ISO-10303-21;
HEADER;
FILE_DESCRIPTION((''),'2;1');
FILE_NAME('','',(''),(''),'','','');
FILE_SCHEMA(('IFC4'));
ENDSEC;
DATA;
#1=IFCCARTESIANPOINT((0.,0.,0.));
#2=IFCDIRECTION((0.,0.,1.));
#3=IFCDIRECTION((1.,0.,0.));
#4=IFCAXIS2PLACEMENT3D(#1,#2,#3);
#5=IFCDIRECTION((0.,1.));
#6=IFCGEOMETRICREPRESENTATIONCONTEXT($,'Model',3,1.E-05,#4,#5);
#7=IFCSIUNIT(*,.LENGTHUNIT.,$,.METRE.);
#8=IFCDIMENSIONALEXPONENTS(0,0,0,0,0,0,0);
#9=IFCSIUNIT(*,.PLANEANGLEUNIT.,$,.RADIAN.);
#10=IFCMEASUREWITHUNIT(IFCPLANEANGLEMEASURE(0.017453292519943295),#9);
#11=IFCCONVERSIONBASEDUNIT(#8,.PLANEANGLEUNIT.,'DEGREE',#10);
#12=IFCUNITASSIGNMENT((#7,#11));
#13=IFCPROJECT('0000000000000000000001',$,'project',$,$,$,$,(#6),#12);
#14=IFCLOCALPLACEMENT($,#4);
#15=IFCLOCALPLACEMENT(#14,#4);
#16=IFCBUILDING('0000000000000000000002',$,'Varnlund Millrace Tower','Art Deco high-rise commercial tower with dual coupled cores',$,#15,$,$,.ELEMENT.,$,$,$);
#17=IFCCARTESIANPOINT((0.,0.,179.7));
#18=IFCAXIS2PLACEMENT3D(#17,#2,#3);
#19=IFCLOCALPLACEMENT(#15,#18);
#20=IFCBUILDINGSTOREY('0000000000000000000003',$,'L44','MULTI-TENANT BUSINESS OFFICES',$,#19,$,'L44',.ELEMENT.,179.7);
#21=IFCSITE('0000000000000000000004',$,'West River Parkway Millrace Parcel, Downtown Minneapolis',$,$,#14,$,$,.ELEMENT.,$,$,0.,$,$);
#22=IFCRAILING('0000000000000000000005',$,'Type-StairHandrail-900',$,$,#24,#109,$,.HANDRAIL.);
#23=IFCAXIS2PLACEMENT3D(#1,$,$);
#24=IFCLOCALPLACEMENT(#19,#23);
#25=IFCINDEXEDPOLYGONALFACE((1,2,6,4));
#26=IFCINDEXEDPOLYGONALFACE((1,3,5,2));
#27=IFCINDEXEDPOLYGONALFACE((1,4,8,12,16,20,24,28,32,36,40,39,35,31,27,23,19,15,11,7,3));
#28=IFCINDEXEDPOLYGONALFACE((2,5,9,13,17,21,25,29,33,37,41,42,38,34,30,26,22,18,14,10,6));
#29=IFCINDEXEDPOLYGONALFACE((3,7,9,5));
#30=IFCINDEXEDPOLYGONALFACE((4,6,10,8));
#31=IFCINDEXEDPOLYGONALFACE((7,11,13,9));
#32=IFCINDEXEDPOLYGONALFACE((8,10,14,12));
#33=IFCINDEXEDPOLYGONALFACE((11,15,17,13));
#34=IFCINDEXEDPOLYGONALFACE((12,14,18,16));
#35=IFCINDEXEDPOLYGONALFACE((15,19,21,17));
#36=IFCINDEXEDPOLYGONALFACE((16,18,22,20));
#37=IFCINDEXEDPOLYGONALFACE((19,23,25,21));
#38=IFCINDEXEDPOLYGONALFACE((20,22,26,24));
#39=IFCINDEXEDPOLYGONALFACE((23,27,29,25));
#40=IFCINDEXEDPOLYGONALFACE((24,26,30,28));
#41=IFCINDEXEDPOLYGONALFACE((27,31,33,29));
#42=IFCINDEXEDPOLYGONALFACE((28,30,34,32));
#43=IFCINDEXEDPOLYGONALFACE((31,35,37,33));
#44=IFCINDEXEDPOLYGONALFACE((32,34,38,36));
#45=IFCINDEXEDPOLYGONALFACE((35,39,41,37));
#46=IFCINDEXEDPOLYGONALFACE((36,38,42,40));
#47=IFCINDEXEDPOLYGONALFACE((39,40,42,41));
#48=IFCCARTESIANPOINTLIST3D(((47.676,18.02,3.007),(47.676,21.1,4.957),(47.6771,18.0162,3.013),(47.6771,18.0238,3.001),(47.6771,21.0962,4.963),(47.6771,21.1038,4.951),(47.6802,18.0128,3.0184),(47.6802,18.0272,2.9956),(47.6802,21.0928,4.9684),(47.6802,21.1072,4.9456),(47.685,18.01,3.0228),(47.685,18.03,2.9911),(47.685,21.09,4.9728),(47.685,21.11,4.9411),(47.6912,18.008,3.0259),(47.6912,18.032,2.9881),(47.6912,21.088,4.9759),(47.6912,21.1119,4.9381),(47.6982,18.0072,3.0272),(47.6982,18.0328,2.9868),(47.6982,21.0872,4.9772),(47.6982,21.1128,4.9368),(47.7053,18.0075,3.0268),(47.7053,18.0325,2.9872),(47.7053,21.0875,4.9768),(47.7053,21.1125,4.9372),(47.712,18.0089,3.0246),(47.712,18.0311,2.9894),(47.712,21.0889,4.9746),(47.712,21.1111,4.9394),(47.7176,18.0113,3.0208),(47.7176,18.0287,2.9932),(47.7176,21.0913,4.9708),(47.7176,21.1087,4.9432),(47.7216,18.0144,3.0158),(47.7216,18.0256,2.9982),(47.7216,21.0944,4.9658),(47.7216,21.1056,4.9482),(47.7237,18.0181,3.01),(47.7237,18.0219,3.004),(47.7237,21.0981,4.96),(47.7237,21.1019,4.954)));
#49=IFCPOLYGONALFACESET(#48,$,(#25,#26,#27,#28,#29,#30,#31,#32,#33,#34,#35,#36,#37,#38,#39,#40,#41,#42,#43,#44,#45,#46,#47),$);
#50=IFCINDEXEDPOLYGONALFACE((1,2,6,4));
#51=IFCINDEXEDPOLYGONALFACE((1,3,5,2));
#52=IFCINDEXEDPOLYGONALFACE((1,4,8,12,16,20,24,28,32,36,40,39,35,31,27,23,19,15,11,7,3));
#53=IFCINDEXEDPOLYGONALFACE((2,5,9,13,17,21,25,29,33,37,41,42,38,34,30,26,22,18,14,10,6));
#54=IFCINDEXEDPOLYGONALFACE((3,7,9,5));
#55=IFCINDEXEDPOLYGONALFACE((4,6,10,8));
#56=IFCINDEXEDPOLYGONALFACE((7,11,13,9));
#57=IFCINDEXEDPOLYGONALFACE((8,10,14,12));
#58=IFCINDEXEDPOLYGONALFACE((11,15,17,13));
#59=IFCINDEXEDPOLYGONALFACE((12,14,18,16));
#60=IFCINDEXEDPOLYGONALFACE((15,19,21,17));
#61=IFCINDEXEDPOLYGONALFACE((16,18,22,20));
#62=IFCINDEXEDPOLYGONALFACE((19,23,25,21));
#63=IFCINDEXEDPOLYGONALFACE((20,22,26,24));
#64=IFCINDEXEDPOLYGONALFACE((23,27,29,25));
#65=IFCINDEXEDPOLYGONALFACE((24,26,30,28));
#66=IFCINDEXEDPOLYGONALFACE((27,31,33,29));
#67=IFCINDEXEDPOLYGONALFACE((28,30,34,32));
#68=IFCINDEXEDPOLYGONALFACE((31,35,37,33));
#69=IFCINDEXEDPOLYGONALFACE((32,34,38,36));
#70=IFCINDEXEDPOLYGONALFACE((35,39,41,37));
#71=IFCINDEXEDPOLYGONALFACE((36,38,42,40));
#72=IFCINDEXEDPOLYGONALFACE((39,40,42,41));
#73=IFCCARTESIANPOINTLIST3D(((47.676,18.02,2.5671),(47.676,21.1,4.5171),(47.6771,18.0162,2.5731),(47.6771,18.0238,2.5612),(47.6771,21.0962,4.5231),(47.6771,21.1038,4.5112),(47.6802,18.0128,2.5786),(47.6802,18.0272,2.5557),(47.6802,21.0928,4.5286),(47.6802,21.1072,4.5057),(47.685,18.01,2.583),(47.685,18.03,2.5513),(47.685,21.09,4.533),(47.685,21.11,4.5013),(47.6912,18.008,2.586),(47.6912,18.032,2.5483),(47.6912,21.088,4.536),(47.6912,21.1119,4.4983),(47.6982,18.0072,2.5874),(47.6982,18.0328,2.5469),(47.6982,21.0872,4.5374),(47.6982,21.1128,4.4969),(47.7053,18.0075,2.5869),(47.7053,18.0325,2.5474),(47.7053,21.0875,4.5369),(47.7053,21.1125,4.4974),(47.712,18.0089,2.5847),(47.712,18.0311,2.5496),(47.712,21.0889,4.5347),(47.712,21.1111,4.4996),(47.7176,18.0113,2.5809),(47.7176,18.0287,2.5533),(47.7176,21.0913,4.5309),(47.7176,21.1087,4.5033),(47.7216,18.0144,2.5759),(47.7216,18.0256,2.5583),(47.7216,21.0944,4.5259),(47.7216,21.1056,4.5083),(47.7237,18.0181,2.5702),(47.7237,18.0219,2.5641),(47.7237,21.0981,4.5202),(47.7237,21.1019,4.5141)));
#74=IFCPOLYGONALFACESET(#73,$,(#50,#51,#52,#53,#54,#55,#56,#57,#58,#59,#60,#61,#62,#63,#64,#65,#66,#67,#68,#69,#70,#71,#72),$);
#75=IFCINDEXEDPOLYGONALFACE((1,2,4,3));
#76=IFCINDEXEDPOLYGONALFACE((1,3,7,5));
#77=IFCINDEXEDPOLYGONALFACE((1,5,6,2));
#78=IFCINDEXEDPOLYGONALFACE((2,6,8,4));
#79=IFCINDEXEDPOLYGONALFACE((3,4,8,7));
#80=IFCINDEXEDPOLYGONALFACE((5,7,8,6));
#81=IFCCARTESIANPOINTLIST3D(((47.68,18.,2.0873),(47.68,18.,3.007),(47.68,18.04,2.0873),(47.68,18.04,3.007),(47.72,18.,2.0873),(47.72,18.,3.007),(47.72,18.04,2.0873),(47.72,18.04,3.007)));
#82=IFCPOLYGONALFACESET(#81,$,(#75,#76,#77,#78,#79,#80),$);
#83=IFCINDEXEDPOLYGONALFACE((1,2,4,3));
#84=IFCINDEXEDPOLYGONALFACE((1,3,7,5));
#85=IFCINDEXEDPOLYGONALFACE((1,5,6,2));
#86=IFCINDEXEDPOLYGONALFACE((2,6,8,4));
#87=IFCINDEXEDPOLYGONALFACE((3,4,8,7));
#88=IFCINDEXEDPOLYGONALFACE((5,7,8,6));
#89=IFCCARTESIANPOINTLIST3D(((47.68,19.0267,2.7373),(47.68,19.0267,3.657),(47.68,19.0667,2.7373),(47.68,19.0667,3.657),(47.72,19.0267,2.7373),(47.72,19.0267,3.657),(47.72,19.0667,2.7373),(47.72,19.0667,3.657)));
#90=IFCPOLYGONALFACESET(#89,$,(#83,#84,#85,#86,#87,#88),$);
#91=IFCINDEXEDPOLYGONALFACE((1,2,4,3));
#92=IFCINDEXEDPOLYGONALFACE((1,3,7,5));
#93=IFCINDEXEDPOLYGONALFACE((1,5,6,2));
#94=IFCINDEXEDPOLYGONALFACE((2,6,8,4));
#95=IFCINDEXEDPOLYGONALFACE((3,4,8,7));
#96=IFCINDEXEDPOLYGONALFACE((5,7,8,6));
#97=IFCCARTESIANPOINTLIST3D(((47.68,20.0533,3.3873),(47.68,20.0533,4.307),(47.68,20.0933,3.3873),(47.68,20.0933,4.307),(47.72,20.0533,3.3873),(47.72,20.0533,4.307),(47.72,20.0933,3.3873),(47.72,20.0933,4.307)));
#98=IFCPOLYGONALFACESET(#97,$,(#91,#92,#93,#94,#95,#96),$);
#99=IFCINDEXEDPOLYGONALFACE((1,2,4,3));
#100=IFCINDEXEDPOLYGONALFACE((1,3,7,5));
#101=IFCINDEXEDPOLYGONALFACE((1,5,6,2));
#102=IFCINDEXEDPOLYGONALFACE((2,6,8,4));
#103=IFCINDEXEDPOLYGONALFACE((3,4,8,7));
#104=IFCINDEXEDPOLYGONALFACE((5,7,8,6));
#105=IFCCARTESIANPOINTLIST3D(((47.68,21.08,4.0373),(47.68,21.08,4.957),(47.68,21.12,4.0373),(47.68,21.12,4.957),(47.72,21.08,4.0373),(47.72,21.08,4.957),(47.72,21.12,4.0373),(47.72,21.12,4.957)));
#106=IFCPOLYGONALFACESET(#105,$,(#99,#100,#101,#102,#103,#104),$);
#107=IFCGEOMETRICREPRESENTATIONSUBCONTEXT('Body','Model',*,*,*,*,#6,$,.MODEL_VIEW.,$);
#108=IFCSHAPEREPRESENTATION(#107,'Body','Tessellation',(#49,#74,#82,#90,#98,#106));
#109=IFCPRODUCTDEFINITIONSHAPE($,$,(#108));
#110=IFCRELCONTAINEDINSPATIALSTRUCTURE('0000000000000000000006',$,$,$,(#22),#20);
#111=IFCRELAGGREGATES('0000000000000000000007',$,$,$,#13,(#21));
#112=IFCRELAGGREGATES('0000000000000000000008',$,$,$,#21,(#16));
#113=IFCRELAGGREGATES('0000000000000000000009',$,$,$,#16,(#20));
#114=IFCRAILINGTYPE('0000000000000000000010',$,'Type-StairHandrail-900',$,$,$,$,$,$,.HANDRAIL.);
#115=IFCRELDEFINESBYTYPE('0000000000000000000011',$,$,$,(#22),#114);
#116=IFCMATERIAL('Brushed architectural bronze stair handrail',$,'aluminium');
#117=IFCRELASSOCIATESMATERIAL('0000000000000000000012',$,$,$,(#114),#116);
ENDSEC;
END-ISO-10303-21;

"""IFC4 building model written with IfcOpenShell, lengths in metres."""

from ifc_helpers import new_model, entity, si_unit, converted_unit, direction, frame, origin_with_axes, origin_2d_with_axis, place, context, subcontext, project, spatial, rectangle, circle, extrude, material, type_object, element, save


model = new_model("IFC4")

# Units and contexts
model_context = context("Model", 3, precision=1e-05, world=origin_with_axes(), true_north=direction((0.0, 1.0)))
body_context = subcontext(model_context, "Body", "Model", "MODEL_VIEW")
ifc_project = project(units=[si_unit("LENGTHUNIT", "METRE"), converted_unit("PLANEANGLEUNIT", "DEGREE", entity("IfcPlaneAngleMeasure", 0.017453292519943295), si_unit("PLANEANGLEUNIT", "RADIAN"), dimensions=[0, 0, 0, 0, 0, 0, 0])], contexts=[model_context])

# Site, building, storey
site_placement = place(None, origin_with_axes())
site = spatial("IfcSite", under=ifc_project, at=site_placement, Name="West River Parkway Millrace Parcel, Downtown Minneapolis", CompositionType="ELEMENT", RefElevation=0.0)
building_placement = place(site_placement, origin_with_axes())
building = spatial("IfcBuilding", under=site, at=building_placement, Name="Varnlund Millrace Tower", Description="Art Deco high-rise commercial tower with dual coupled cores", CompositionType="ELEMENT")
storey_placement = place(building_placement, frame((0.0, 0.0, 179.7), z_axis=(0.0, 0.0, 1.0), x_axis=(1.0, 0.0, 0.0)))
storey = spatial("IfcBuildingStorey", under=building, at=storey_placement, Name="L44", Description="MULTI-TENANT BUSINESS OFFICES", LongName="L44", CompositionType="ELEMENT", Elevation=179.7)

# Railing
ifc_material_1 = material(Name="Brushed architectural bronze stair handrail", Category="aluminium")
railing_type_1 = type_object("IfcRailingType", Name="Type-StairHandrail-900", PredefinedType="HANDRAIL", material=ifc_material_1)
railing_1_placement = place(storey_placement, frame((0.0, 0.0, -179.7), z_axis=(0.0, 0.0, 1.0), x_axis=(1.0, 0.0, 0.0)))
element("IfcRailing", 1, at=railing_1_placement, inside=storey, type_object=railing_type_1, Name="Type-StairHandrail-900", PredefinedType="HANDRAIL", context=body_context, shape_type="SweptSolid", body=[
    extrude(circle(Radius=0.024, at=origin_2d_with_axis()), frame((47.7, 18.02, 182.707), z_axis=(0.0, 0.844902, 0.534922), x_axis=(-1.0, 0.0, 0.0)), (0.0, 0.0, 1.0), 3.6454),
    extrude(circle(Radius=0.024, at=origin_2d_with_axis()), frame((47.7, 18.02, 182.2671), z_axis=(0.0, 0.844902, 0.534922), x_axis=(-1.0, 0.0, 0.0)), (0.0, 0.0, 1.0), 3.6454),
    extrude(rectangle(XDim=0.04, YDim=0.04, at=origin_2d_with_axis()), frame((47.7, 18.02, 181.7873), z_axis=(0.0, 0.0, 1.0), x_axis=(1.0, 0.0, 0.0)), (0.0, 0.0, 1.0), 0.9197),
    extrude(rectangle(XDim=0.04, YDim=0.04, at=origin_2d_with_axis()), frame((47.7, 19.0467, 182.4373), z_axis=(0.0, 0.0, 1.0), x_axis=(1.0, 0.0, 0.0)), (0.0, 0.0, 1.0), 0.9197),
    extrude(rectangle(XDim=0.04, YDim=0.04, at=origin_2d_with_axis()), frame((47.7, 20.0733, 183.0873), z_axis=(0.0, 0.0, 1.0), x_axis=(1.0, 0.0, 0.0)), (0.0, 0.0, 1.0), 0.9197),
    extrude(rectangle(XDim=0.04, YDim=0.04, at=origin_2d_with_axis()), frame((47.7, 21.1, 183.7373), z_axis=(0.0, 0.0, 1.0), x_axis=(1.0, 0.0, 0.0)), (0.0, 0.0, 1.0), 0.9197),
])

save(model, "model.ifc")
